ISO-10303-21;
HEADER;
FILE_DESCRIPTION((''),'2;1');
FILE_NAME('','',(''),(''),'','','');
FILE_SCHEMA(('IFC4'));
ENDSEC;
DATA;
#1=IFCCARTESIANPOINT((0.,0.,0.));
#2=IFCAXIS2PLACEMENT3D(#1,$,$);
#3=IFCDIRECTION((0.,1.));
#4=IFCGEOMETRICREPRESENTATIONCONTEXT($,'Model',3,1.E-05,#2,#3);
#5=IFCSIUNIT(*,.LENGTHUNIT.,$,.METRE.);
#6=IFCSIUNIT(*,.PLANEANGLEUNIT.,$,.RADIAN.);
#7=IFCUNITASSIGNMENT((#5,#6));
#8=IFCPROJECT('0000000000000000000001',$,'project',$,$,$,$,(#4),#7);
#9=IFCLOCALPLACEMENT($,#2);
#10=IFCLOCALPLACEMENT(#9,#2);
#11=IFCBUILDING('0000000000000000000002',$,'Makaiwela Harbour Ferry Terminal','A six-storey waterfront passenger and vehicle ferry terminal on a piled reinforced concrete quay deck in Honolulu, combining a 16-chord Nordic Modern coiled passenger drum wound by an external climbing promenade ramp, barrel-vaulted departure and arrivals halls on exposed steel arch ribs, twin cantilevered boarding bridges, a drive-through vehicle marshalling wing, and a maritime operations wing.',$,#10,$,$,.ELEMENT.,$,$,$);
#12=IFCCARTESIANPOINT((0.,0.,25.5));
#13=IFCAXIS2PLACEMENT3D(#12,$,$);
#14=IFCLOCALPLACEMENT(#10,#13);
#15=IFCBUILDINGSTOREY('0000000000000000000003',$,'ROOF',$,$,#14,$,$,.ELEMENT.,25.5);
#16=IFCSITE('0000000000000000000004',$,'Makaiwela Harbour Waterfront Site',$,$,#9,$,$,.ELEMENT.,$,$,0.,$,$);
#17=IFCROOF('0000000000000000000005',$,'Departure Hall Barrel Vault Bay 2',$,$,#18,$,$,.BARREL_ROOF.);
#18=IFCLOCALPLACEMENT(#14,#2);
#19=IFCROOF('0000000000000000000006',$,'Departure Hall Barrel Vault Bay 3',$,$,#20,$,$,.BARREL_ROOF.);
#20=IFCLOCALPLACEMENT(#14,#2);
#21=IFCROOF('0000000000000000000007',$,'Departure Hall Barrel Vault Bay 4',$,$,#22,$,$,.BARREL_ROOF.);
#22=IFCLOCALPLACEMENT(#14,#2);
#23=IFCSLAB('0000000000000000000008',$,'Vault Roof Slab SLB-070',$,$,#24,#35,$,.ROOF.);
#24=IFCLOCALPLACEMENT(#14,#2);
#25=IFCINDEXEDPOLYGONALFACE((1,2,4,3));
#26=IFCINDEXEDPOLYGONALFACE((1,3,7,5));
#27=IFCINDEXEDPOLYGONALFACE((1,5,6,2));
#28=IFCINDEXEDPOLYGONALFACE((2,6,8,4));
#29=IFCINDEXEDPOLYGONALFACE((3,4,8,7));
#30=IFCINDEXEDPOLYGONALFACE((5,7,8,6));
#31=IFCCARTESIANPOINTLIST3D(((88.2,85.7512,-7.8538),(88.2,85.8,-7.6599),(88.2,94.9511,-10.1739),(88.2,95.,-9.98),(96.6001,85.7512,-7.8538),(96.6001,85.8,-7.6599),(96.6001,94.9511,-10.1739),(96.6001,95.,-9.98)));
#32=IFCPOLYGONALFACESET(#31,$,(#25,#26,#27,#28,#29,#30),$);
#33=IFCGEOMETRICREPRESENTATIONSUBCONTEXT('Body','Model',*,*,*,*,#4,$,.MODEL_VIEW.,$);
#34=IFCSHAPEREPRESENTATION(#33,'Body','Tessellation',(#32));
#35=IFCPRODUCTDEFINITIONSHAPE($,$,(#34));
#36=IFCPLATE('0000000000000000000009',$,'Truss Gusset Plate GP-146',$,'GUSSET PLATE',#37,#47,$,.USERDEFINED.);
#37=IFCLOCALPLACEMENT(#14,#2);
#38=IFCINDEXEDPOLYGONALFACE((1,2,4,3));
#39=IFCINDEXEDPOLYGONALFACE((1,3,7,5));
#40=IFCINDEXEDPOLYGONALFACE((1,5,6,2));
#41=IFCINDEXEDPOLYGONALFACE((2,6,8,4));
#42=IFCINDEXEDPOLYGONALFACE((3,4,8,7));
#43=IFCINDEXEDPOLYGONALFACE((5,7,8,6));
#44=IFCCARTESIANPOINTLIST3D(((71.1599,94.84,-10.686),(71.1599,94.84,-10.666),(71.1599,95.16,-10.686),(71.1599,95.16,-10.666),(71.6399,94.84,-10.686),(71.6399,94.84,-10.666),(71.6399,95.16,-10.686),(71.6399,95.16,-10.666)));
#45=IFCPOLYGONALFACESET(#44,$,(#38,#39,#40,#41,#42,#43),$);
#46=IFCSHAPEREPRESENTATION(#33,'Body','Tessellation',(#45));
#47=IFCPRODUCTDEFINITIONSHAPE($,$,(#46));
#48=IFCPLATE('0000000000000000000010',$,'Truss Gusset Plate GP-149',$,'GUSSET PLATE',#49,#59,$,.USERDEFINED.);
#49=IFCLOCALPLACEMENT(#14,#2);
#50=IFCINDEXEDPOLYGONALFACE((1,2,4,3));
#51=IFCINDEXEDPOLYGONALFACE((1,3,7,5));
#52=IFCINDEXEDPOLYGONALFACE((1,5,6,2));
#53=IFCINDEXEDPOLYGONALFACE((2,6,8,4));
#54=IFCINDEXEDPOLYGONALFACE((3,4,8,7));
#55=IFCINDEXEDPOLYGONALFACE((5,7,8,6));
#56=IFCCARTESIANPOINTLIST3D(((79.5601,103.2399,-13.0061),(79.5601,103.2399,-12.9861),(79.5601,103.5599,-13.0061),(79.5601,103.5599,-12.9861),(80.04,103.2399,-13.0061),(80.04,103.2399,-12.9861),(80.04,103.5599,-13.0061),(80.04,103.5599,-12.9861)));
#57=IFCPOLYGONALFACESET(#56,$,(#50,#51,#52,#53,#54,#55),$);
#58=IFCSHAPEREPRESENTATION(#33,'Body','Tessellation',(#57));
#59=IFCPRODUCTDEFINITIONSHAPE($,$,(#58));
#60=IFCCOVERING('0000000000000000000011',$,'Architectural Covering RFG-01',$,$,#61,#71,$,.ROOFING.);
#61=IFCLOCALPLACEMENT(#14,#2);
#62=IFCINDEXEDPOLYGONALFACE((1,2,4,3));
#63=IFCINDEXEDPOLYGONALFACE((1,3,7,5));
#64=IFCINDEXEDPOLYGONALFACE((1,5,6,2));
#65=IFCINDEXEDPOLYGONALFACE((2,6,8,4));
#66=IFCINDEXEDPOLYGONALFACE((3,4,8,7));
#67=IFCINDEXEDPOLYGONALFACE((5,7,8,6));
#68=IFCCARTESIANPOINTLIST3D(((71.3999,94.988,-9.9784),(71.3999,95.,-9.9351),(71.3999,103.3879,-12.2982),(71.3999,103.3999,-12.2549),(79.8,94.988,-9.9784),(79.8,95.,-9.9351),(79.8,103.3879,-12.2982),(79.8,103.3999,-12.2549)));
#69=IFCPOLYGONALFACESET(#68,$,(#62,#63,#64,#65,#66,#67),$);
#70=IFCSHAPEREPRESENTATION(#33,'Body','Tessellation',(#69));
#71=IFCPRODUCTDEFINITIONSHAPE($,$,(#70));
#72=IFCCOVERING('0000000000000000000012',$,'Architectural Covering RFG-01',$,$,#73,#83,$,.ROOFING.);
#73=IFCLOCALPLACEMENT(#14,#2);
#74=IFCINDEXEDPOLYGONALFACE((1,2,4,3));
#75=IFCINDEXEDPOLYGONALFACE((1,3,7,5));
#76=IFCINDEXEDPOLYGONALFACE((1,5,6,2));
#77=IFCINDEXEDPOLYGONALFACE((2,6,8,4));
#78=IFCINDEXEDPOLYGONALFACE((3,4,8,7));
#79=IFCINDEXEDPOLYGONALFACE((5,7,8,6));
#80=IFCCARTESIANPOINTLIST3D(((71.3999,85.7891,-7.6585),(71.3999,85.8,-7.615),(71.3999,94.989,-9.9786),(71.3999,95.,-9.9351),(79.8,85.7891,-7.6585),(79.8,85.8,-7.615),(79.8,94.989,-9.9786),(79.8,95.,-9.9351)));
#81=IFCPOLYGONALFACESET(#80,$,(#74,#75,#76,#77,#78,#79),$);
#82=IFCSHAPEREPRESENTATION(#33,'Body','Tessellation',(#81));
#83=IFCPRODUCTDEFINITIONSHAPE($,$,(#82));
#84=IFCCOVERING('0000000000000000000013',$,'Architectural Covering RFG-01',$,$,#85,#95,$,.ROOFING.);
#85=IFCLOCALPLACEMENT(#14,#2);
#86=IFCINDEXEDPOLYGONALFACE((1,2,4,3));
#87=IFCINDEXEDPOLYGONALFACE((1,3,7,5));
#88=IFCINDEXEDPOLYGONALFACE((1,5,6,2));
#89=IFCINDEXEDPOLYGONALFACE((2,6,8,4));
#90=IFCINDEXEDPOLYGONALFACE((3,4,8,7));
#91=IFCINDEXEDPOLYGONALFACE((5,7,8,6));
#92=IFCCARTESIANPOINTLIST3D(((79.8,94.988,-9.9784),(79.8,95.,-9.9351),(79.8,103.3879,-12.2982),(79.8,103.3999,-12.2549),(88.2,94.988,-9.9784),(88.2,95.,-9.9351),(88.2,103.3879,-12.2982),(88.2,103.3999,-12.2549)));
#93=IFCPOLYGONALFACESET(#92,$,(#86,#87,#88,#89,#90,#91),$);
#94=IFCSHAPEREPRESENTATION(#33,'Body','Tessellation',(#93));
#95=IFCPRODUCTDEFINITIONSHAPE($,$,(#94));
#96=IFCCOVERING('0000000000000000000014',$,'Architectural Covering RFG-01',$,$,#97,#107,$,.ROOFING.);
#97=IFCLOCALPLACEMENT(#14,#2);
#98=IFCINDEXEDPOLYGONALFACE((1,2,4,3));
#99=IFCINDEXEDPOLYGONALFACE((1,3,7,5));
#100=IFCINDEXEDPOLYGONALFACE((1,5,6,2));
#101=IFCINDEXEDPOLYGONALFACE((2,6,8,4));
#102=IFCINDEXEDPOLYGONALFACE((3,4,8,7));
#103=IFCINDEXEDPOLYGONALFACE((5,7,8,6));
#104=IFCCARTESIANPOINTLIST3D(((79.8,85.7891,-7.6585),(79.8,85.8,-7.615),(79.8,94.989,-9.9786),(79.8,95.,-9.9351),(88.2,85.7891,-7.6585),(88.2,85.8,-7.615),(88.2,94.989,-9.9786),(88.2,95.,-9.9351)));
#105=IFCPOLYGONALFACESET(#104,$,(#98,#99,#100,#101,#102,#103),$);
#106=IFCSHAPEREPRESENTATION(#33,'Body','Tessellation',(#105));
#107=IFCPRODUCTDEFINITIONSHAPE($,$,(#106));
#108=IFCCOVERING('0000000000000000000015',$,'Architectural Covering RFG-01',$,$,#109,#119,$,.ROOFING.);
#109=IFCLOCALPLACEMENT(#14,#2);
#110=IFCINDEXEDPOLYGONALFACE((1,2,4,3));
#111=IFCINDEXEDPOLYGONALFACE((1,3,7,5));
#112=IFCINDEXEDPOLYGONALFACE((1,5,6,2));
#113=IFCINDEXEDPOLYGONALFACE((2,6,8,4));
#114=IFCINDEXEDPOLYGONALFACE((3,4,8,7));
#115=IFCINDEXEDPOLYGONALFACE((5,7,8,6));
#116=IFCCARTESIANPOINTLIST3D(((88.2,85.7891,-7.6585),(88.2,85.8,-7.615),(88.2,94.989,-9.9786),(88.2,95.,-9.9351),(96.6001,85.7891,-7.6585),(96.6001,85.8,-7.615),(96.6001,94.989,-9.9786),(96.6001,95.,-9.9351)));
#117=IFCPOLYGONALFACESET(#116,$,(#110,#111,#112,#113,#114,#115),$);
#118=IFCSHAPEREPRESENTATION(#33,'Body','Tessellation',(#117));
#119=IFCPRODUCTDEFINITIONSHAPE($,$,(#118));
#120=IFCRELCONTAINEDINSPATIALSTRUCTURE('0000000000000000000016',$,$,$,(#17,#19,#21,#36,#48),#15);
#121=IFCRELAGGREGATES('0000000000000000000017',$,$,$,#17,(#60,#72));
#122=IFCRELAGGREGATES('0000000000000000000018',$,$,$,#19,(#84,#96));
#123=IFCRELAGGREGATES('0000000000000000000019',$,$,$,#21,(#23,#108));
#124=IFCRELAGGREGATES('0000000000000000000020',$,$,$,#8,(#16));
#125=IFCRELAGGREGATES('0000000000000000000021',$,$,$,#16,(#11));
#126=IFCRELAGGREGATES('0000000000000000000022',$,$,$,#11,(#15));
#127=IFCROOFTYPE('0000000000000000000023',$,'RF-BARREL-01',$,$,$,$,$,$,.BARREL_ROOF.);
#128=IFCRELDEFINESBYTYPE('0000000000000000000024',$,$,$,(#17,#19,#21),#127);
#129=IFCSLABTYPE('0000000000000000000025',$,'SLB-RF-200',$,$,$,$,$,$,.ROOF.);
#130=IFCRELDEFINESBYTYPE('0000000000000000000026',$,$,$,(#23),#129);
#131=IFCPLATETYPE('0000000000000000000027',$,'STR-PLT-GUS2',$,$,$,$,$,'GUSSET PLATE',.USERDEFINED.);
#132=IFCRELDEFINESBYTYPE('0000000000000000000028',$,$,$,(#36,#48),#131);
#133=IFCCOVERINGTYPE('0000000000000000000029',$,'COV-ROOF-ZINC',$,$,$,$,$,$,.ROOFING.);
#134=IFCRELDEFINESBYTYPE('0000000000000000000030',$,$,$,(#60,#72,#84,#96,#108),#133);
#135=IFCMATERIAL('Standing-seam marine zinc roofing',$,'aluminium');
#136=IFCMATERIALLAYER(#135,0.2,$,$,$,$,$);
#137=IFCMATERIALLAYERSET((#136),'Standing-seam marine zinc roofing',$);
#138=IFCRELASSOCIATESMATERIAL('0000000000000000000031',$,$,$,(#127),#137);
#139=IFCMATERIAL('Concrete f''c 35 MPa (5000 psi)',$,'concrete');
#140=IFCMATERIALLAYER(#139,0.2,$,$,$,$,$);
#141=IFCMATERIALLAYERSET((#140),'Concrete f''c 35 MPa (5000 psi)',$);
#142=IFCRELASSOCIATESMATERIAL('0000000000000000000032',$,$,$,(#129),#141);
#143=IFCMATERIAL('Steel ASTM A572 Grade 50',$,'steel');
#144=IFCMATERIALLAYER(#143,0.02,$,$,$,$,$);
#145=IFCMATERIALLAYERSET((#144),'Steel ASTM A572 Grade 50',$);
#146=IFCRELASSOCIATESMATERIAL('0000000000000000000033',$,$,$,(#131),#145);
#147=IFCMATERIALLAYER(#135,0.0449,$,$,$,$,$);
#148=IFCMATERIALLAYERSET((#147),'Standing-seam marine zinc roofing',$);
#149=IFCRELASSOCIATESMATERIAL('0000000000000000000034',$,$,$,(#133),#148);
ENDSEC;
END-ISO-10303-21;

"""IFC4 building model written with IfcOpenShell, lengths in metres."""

from ifc_helpers import new_model, si_unit, direction, frame, origin, origin_2d, place, context, subcontext, project, spatial, polyline, rectangle, outline, extrude, material, layer, layer_set, type_object, element, aggregate, save


model = new_model("IFC4")

# Units and contexts
model_context = context("Model", 3, precision=1e-05, world=origin(), true_north=direction((0.0, 1.0)))
body_context = subcontext(model_context, "Body", "Model", "MODEL_VIEW")
ifc_project = project(units=[si_unit("LENGTHUNIT", "METRE"), si_unit("PLANEANGLEUNIT", "RADIAN")], contexts=[model_context])

# Site, building, storey
site_placement = place(None, origin())
site = spatial("IfcSite", under=ifc_project, at=site_placement, Name="Makaiwela Harbour Waterfront Site", CompositionType="ELEMENT", RefElevation=0.0)
building_placement = place(site_placement, origin())
building = spatial("IfcBuilding", under=site, at=building_placement, Name="Makaiwela Harbour Ferry Terminal", Description="A six-storey waterfront passenger and vehicle ferry terminal on a piled reinforced concrete quay deck in Honolulu, combining a 16-chord Nordic Modern coiled passenger drum wound by an external climbing promenade ramp, barrel-vaulted departure and arrivals halls on exposed steel arch ribs, twin cantilevered boarding bridges, a drive-through vehicle marshalling wing, and a maritime operations wing.", CompositionType="ELEMENT")
storey_placement = place(building_placement, frame((0.0, 0.0, 25.5)))
storey = spatial("IfcBuildingStorey", under=building, at=storey_placement, Name="ROOF", CompositionType="ELEMENT", Elevation=25.5)

# Roofs
ifc_material_1 = material(Name="Standing-seam marine zinc roofing", Category="aluminium")
ifc_layer_1 = layer(ifc_material_1, 0.2)
ifc_layer_set_1 = layer_set([ifc_layer_1], Name="Standing-seam marine zinc roofing")
roof_type = type_object("IfcRoofType", Name="RF-BARREL-01", PredefinedType="BARREL_ROOF", material=ifc_layer_set_1)
roof_1_placement = place(storey_placement, origin())
roof_1 = element("IfcRoof", 1, at=roof_1_placement, inside=storey, type_object=roof_type, Name="Departure Hall Barrel Vault Bay 2", PredefinedType="BARREL_ROOF")
ifc_material_2 = material(Name="Concrete f'c 35 MPa (5000 psi)", Category="concrete")
ifc_layer_2 = layer(ifc_material_2, 0.2)
ifc_layer_set_2 = layer_set([ifc_layer_2], Name="Concrete f'c 35 MPa (5000 psi)")
slab_type = type_object("IfcSlabType", Name="SLB-RF-200", PredefinedType="ROOF", material=ifc_layer_set_2)
roof_2_placement = place(storey_placement, origin())
roof_2 = element("IfcRoof", 2, at=roof_2_placement, inside=storey, type_object=roof_type, Name="Departure Hall Barrel Vault Bay 3", PredefinedType="BARREL_ROOF")

# Roof, slab
roof_3_placement = place(storey_placement, origin())
roof_3 = element("IfcRoof", 3, at=roof_3_placement, inside=storey, type_object=roof_type, Name="Departure Hall Barrel Vault Bay 4", PredefinedType="BARREL_ROOF")
slab_1_placement = place(storey_placement, frame((88.2, 85.8, -7.6599), z_axis=(0.0, 0.244527, 0.969642), x_axis=(1.0, 0.0, 0.0)))
slab_1 = element("IfcSlab", 4, at=slab_1_placement, type_object=slab_type, Name="Vault Roof Slab SLB-070", PredefinedType="ROOF", context=body_context, shape_type="SweptSolid", body=[
    extrude(outline(polyline([(0.0, 0.0), (8.4001, 0.0), (8.4001, 9.488), (0.0, 9.488), (0.0, 0.0)])), origin(), (0.0, 0.0, -1.0), 0.2),
])

# Plates
ifc_material_3 = material(Name="Steel ASTM A572 Grade 50", Category="steel")
ifc_layer_3 = layer(ifc_material_3, 0.02)
ifc_layer_set_3 = layer_set([ifc_layer_3], Name="Steel ASTM A572 Grade 50")
plate_type = type_object("IfcPlateType", Name="STR-PLT-GUS2", ElementType="GUSSET PLATE", PredefinedType="USERDEFINED", material=ifc_layer_set_3)
for number, where, z_axis, x_axis, name in (
    (5, (71.3999, 95.0, -10.686), (0.0, 0.0, 1.0), (1.0, 0.0, 0.0), "Truss Gusset Plate GP-146"),
    (6, (79.8, 103.3999, -13.0061), (0.0, 0.0, 1.0), (1.0, 0.0, 0.0), "Truss Gusset Plate GP-149"),
):
    element("IfcPlate", number, at=place(storey_placement, frame(where, z_axis=z_axis, x_axis=x_axis)), inside=storey, type_object=plate_type, Name=name, ObjectType="GUSSET PLATE", PredefinedType="USERDEFINED", context=body_context, shape_type="SweptSolid", body=[
        extrude(rectangle(XDim=0.48, YDim=0.3201, at=origin_2d()), origin(), (0.0, 0.0, 1.0), 0.02),
    ])

# Coverings
ifc_layer_4 = layer(ifc_material_1, 0.0449)
ifc_layer_set_4 = layer_set([ifc_layer_4], Name="Standing-seam marine zinc roofing")
covering_type = type_object("IfcCoveringType", Name="COV-ROOF-ZINC", PredefinedType="ROOFING", material=ifc_layer_set_4)
covering_1_placement = place(storey_placement, frame((71.3999, 95.0, -9.9351), z_axis=(0.0, 0.266207, 0.963916), x_axis=(1.0, 0.0, 0.0)))
covering_1 = element("IfcCovering", 7, at=covering_1_placement, type_object=covering_type, Name="Architectural Covering RFG-01", PredefinedType="ROOFING", context=body_context, shape_type="SweptSolid", body=[
    extrude(outline(polyline([(0.0, 0.0), (8.4001, 0.0), (8.4001, 8.7144), (0.0, 8.7144), (0.0, 0.0)])), origin(), (0.0, 0.0, -1.0), 0.0449),
])
covering_2_placement = place(storey_placement, frame((71.3999, 85.8, -7.615), z_axis=(0.0, 0.244527, 0.969642), x_axis=(1.0, 0.0, 0.0)))
covering_2 = element("IfcCovering", 8, at=covering_2_placement, type_object=covering_type, Name="Architectural Covering RFG-01", PredefinedType="ROOFING", context=body_context, shape_type="SweptSolid", body=[
    extrude(outline(polyline([(0.0, 0.0), (8.4001, 0.0), (8.4001, 9.488), (0.0, 9.488), (0.0, 0.0)])), origin(), (0.0, 0.0, -1.0), 0.0449),
])
aggregate(roof_1, [covering_1, covering_2])
covering_3_placement = place(storey_placement, frame((79.8, 95.0, -9.9351), z_axis=(0.0, 0.266207, 0.963916), x_axis=(1.0, 0.0, 0.0)))
covering_3 = element("IfcCovering", 9, at=covering_3_placement, type_object=covering_type, Name="Architectural Covering RFG-01", PredefinedType="ROOFING", context=body_context, shape_type="SweptSolid", body=[
    extrude(outline(polyline([(0.0, 0.0), (8.3999, 0.0), (8.3999, 8.7144), (0.0, 8.7144), (0.0, 0.0)])), origin(), (0.0, 0.0, -1.0), 0.0449),
])
covering_4_placement = place(storey_placement, frame((79.8, 85.8, -7.615), z_axis=(0.0, 0.244527, 0.969642), x_axis=(1.0, 0.0, 0.0)))
covering_4 = element("IfcCovering", 10, at=covering_4_placement, type_object=covering_type, Name="Architectural Covering RFG-01", PredefinedType="ROOFING", context=body_context, shape_type="SweptSolid", body=[
    extrude(outline(polyline([(0.0, 0.0), (8.3999, 0.0), (8.3999, 9.488), (0.0, 9.488), (0.0, 0.0)])), origin(), (0.0, 0.0, -1.0), 0.0449),
])
aggregate(roof_2, [covering_3, covering_4])
covering_5_placement = place(storey_placement, frame((88.2, 85.8, -7.615), z_axis=(0.0, 0.244527, 0.969642), x_axis=(1.0, 0.0, 0.0)))
covering_5 = element("IfcCovering", 11, at=covering_5_placement, type_object=covering_type, Name="Architectural Covering RFG-01", PredefinedType="ROOFING", context=body_context, shape_type="SweptSolid", body=[
    extrude(outline(polyline([(0.0, 0.0), (8.4001, 0.0), (8.4001, 9.488), (0.0, 9.488), (0.0, 0.0)])), origin(), (0.0, 0.0, -1.0), 0.0449),
])
aggregate(roof_3, [slab_1, covering_5])

save(model, "model.ifc")
